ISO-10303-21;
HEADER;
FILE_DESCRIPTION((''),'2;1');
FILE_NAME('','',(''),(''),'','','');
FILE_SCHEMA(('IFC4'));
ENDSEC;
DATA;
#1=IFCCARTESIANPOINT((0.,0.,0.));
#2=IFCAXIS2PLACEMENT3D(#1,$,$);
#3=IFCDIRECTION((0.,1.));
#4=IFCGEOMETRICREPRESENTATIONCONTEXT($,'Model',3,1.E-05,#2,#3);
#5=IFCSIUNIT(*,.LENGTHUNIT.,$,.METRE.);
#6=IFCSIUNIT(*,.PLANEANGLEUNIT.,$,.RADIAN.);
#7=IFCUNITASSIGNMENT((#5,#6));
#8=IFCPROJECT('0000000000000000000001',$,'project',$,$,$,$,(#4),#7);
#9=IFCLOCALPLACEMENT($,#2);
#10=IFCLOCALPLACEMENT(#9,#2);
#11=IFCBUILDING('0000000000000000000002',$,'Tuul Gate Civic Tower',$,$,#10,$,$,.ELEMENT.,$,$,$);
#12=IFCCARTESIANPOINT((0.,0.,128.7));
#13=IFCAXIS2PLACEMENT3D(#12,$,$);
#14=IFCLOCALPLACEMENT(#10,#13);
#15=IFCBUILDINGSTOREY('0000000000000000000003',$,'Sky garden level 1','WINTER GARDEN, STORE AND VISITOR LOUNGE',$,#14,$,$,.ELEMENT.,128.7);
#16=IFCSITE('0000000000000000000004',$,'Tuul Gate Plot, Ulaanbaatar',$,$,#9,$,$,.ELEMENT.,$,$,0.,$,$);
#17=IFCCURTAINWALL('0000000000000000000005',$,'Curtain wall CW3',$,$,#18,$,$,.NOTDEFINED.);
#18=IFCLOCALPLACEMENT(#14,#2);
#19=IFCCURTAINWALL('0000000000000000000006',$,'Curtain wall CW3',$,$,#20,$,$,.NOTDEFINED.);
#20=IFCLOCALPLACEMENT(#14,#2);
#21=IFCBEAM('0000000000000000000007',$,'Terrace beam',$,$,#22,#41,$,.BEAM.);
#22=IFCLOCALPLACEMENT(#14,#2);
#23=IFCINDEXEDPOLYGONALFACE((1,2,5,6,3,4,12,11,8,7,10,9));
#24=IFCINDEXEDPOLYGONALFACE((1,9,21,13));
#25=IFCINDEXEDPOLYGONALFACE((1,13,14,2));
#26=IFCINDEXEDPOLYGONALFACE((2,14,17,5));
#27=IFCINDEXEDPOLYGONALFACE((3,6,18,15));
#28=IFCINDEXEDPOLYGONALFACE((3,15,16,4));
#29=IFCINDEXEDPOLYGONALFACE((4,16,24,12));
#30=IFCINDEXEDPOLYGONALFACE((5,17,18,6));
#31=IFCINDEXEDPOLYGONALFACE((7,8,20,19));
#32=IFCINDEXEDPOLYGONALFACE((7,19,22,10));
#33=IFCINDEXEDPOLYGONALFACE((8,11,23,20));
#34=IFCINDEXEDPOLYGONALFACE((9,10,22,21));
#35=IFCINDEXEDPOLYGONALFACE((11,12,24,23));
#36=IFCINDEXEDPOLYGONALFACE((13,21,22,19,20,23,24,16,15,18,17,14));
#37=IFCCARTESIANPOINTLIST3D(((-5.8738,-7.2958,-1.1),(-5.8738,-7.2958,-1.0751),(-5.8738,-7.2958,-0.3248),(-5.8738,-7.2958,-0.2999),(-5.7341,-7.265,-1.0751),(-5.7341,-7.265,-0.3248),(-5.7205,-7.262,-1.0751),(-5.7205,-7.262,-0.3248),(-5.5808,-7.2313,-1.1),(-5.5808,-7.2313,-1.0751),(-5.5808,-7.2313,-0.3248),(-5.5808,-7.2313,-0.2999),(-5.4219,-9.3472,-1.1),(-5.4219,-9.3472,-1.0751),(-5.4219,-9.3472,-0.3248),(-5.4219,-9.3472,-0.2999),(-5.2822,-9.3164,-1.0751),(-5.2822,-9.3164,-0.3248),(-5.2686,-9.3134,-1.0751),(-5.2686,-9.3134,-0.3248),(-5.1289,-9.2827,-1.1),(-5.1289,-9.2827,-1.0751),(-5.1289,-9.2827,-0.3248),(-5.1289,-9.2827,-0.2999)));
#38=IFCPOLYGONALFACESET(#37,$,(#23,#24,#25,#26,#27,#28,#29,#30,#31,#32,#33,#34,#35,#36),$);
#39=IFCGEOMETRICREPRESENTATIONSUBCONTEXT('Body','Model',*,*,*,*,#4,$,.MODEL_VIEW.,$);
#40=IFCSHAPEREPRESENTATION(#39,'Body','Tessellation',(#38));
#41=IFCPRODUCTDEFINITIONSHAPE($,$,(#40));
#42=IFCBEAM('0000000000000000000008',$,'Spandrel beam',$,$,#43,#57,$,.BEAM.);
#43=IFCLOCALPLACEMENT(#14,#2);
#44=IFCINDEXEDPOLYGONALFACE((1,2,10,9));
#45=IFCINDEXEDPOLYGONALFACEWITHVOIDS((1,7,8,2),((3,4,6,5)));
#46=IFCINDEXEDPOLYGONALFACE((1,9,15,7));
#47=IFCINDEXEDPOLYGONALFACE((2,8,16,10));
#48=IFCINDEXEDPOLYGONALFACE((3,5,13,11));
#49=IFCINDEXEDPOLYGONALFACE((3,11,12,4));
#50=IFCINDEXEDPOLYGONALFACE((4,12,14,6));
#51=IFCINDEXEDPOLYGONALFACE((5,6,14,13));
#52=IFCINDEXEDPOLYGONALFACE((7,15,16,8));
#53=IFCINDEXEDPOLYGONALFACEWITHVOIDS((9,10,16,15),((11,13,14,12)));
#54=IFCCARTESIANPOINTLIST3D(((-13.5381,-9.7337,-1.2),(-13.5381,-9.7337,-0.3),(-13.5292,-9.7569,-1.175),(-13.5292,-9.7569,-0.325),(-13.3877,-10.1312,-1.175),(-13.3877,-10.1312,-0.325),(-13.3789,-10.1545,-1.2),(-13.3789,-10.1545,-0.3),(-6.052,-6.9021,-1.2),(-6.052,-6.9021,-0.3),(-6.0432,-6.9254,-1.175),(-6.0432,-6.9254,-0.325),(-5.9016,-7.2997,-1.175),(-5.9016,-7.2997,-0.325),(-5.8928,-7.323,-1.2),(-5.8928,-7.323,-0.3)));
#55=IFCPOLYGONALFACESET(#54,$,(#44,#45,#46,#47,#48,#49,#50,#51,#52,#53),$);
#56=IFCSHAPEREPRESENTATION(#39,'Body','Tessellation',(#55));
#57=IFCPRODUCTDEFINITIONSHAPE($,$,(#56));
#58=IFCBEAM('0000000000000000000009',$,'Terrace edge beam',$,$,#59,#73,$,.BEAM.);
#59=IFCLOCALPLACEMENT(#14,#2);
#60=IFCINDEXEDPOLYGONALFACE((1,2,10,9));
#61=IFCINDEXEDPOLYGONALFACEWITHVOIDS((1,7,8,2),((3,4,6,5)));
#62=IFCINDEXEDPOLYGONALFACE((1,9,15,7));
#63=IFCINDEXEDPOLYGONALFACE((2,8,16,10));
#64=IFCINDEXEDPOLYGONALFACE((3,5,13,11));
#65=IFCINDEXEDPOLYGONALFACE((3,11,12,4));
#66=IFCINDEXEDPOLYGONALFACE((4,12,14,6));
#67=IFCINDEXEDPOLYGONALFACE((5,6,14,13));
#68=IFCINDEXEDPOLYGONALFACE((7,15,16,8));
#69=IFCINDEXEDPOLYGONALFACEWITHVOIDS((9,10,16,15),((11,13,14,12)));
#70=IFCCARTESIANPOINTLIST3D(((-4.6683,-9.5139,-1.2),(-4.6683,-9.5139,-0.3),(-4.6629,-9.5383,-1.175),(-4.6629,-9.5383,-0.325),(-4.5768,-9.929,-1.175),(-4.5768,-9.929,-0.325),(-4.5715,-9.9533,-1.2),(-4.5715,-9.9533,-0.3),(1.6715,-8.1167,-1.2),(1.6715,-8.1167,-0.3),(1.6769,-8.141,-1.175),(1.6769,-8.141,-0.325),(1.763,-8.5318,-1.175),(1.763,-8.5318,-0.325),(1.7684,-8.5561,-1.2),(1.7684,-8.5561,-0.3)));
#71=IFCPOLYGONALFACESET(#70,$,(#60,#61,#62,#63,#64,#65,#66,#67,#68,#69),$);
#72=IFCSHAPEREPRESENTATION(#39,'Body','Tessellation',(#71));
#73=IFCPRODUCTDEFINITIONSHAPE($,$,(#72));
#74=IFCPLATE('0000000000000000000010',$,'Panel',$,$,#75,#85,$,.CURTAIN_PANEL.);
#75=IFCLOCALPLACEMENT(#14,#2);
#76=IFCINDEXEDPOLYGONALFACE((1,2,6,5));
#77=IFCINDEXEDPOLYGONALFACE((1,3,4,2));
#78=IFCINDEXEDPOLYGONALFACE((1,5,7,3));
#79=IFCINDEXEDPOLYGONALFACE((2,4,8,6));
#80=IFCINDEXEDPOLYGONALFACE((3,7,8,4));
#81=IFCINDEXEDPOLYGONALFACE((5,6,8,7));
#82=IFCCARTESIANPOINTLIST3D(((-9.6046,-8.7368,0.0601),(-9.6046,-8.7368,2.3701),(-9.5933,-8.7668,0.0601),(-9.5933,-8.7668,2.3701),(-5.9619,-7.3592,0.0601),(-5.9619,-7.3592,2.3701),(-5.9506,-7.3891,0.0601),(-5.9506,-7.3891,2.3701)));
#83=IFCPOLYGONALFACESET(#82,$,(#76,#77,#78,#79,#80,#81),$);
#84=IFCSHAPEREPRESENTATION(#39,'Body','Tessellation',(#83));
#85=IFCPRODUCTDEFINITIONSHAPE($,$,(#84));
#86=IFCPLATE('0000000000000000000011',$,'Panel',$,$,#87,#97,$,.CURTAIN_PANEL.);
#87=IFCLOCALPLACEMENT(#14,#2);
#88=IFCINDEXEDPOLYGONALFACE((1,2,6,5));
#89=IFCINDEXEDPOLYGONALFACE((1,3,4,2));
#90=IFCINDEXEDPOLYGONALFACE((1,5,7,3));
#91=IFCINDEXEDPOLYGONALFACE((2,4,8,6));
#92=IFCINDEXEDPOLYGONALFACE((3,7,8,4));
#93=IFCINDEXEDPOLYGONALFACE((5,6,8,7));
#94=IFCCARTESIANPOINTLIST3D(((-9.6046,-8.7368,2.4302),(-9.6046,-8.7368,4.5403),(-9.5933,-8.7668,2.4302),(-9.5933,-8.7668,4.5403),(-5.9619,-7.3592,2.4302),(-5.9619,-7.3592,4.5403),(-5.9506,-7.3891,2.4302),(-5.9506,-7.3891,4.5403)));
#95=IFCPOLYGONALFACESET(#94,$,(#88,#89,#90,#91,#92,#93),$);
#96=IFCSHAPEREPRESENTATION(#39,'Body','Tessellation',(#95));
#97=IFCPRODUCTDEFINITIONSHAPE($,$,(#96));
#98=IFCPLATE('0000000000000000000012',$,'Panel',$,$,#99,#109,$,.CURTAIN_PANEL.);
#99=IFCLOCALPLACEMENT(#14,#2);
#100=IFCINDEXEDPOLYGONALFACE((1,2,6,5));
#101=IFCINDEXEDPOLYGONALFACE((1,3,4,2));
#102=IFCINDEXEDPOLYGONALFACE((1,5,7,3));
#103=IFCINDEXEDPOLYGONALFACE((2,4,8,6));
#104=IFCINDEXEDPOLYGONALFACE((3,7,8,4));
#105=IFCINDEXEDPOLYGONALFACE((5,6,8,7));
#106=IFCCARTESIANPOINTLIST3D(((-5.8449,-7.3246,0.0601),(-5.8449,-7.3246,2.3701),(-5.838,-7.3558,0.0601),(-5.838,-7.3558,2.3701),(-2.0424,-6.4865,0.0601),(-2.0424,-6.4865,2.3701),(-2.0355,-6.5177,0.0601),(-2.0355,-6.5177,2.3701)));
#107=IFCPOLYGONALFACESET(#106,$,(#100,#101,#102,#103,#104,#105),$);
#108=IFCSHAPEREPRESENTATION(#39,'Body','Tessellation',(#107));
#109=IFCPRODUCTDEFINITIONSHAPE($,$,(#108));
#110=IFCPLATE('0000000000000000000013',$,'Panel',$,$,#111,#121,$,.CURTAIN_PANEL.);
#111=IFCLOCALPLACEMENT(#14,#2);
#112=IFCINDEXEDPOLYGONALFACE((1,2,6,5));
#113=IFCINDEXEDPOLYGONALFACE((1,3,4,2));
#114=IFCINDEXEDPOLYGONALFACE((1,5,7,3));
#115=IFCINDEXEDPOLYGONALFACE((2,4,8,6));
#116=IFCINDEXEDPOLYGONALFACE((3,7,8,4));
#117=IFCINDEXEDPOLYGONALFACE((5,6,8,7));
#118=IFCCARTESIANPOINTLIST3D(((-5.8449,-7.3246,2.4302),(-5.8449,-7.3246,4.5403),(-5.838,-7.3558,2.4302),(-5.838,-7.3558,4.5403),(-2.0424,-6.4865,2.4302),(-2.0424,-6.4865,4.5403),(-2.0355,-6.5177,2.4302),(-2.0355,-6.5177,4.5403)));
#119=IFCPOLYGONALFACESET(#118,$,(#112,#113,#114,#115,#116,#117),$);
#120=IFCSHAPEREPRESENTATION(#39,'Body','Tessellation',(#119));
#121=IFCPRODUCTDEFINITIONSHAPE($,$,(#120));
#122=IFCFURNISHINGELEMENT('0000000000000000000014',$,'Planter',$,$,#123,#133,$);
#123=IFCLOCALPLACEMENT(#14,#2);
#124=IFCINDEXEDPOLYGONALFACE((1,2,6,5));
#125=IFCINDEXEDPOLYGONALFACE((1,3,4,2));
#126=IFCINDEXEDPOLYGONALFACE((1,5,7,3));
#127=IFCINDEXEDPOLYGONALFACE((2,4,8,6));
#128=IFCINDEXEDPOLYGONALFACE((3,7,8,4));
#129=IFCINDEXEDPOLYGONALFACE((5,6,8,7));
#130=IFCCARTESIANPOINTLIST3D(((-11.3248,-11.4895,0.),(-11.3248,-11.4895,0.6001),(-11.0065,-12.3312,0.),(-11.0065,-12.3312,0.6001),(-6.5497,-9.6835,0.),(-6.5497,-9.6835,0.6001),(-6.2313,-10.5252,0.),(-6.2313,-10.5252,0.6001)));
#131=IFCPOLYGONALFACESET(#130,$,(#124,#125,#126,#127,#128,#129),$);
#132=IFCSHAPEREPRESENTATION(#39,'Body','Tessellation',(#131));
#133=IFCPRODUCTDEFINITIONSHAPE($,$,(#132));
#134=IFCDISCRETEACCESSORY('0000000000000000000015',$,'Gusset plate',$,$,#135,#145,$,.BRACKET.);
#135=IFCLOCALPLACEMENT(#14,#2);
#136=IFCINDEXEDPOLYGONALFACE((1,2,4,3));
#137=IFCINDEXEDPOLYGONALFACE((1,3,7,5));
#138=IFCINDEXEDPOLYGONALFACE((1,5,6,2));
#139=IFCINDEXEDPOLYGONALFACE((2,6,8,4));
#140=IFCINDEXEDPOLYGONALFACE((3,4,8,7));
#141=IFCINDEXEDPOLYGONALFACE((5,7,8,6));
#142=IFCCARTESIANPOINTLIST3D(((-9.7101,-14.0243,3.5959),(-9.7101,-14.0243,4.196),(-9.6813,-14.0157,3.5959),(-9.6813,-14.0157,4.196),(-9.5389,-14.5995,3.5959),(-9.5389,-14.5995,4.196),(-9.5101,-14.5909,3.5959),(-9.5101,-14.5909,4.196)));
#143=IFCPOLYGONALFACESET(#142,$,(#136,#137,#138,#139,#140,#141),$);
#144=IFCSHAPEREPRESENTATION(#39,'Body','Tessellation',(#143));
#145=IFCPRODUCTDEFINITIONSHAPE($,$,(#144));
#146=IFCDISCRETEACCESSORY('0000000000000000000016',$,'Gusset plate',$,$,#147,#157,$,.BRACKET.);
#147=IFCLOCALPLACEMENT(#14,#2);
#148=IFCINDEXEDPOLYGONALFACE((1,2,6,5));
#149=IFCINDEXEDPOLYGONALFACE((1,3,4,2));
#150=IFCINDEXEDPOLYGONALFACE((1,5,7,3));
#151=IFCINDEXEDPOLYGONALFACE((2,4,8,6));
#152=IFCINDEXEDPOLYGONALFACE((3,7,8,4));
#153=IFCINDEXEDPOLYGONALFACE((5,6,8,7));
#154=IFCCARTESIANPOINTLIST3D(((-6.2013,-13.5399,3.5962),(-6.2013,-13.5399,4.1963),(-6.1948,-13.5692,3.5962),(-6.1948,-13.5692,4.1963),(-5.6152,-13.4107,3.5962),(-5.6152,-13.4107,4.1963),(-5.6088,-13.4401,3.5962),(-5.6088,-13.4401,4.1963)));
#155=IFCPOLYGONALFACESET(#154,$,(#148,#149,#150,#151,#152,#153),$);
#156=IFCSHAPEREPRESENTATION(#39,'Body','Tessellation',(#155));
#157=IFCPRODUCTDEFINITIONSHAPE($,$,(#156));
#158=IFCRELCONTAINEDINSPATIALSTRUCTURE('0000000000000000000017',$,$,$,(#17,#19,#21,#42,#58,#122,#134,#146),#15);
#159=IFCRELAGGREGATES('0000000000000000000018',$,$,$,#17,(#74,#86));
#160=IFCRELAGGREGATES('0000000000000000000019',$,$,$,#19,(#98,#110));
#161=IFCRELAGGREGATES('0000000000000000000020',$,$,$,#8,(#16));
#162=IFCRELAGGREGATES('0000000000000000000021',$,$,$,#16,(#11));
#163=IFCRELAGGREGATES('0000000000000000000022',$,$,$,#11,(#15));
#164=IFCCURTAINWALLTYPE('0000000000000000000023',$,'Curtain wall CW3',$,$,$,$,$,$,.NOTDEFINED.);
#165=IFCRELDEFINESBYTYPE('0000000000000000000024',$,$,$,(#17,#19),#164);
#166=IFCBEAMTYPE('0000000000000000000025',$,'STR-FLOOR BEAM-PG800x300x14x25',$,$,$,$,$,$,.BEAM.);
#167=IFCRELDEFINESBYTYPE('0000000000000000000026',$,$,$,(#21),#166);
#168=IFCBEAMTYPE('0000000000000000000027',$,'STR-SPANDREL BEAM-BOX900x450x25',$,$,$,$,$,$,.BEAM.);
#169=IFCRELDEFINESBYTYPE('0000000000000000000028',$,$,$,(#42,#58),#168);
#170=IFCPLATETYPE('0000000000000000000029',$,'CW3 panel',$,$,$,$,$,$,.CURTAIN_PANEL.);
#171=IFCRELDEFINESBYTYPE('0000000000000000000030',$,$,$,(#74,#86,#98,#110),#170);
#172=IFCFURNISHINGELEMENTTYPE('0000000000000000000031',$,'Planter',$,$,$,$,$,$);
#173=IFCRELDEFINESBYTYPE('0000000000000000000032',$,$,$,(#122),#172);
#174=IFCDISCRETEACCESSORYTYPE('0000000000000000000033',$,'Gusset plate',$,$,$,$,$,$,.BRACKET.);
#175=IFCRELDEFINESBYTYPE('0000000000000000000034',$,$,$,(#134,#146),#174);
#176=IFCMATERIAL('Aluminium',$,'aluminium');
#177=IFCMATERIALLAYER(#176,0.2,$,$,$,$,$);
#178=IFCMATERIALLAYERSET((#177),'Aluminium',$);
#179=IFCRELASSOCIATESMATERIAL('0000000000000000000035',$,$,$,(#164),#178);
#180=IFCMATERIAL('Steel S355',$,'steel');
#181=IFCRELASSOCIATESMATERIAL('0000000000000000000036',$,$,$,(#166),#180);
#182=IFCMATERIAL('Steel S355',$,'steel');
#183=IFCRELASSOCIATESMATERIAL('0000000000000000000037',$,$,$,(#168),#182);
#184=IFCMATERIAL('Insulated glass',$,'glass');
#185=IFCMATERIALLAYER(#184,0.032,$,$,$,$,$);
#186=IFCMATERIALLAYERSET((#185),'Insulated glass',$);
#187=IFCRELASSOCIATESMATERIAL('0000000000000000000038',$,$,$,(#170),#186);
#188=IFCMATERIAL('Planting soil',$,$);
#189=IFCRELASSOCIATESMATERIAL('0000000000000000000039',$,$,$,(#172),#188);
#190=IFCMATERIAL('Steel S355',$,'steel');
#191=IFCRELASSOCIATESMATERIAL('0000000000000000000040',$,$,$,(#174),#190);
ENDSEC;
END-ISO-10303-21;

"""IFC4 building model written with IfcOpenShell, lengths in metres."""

from ifc_helpers import new_model, si_unit, direction, frame, origin, origin_2d, place, context, subcontext, project, spatial, rectangle, hollow_rectangle, i_section, extrude, material, layer, layer_set, material_profile, profile_set, type_object, element, aggregate, save


model = new_model("IFC4")

# Units and contexts
model_context = context("Model", 3, precision=1e-05, world=origin(), true_north=direction((0.0, 1.0)))
body_context = subcontext(model_context, "Body", "Model", "MODEL_VIEW")
ifc_project = project(units=[si_unit("LENGTHUNIT", "METRE"), si_unit("PLANEANGLEUNIT", "RADIAN")], contexts=[model_context])

# Site, building, storey
site_placement = place(None, origin())
site = spatial("IfcSite", under=ifc_project, at=site_placement, Name="Tuul Gate Plot, Ulaanbaatar", CompositionType="ELEMENT", RefElevation=0.0)
building_placement = place(site_placement, origin())
building = spatial("IfcBuilding", under=site, at=building_placement, Name="Tuul Gate Civic Tower", CompositionType="ELEMENT")
storey_placement = place(building_placement, frame((0.0, 0.0, 128.7)))
storey = spatial("IfcBuildingStorey", under=building, at=storey_placement, Name="Sky garden level 1", Description="WINTER GARDEN, STORE AND VISITOR LOUNGE", CompositionType="ELEMENT", Elevation=128.7)

# Curtain wall
ifc_material_1 = material(Name="Aluminium", Category="aluminium")
ifc_layer_1 = layer(ifc_material_1, 0.2)
ifc_layer_set_1 = layer_set([ifc_layer_1], Name="Aluminium")
curtain_wall_type = type_object("IfcCurtainWallType", Name="Curtain wall CW3", PredefinedType="NOTDEFINED", material=ifc_layer_set_1)
curtain_wall_1_placement = place(storey_placement, origin())
curtain_wall_1 = element("IfcCurtainWall", 1, at=curtain_wall_1_placement, inside=storey, type_object=curtain_wall_type, Name="Curtain wall CW3", PredefinedType="NOTDEFINED")

# Curtain wall
curtain_wall_2_placement = place(storey_placement, origin())
curtain_wall_2 = element("IfcCurtainWall", 2, at=curtain_wall_2_placement, inside=storey, type_object=curtain_wall_type, Name="Curtain wall CW3", PredefinedType="NOTDEFINED")

# Beams
ifc_material_2 = material(Name="Steel S355", Category="steel")
ifc_material_profile_1 = material_profile(ifc_material_2, i_section(OverallWidth=0.3, OverallDepth=0.8, WebThickness=0.0139, FlangeThickness=0.0249, at=origin_2d()), Name="PG800x300x14x25")
ifc_profile_set_1 = profile_set([ifc_material_profile_1], Name="Steel S355")
beam_type_1 = type_object("IfcBeamType", Name="STR-FLOOR BEAM-PG800x300x14x25", PredefinedType="BEAM", material=ifc_profile_set_1)
beam_1_placement = place(storey_placement, frame((-5.2754, -9.3149, -0.7), z_axis=(-0.215121, 0.976587, 0.0), x_axis=(-0.976587, -0.215121, 0.0)))
element("IfcBeam", 3, at=beam_1_placement, inside=storey, type_object=beam_type_1, Name="Terrace beam", PredefinedType="BEAM", context=body_context, shape_type="SweptSolid", body=[
    extrude(i_section(OverallWidth=0.3, OverallDepth=0.8, WebThickness=0.0139, FlangeThickness=0.0249, at=origin_2d()), origin(), (0.0, 0.0, 1.0), 2.1006),
])
ifc_material_3 = material(Name="Steel S355", Category="steel")
ifc_material_profile_2 = material_profile(ifc_material_3, hollow_rectangle(XDim=0.45, YDim=0.8999, WallThickness=0.0249, at=origin_2d()), Name="BOX900x450x25")
ifc_profile_set_2 = profile_set([ifc_material_profile_2], Name="Steel S355")
beam_type_2 = type_object("IfcBeamType", Name="STR-SPANDREL BEAM-BOX900x450x25", PredefinedType="BEAM", material=ifc_profile_set_2)
beam_2_placement = place(storey_placement, frame((-5.9724, -7.1125, -0.75), z_axis=(-0.935329, -0.35378, 0.0), x_axis=(0.35378, -0.935329, 0.0)))
element("IfcBeam", 4, at=beam_2_placement, inside=storey, type_object=beam_type_2, Name="Spandrel beam", PredefinedType="BEAM", context=body_context, shape_type="SweptSolid", body=[
    extrude(hollow_rectangle(XDim=0.45, YDim=0.8999, WallThickness=0.0249, at=origin_2d()), origin(), (0.0, 0.0, 1.0), 8.0037),
])
beam_3_placement = place(storey_placement, frame((-4.6199, -9.7336, -0.75), z_axis=(0.976565, 0.215222, 0.0), x_axis=(-0.215222, 0.976565, 0.0)))
element("IfcBeam", 5, at=beam_3_placement, inside=storey, type_object=beam_type_2, Name="Terrace edge beam", PredefinedType="BEAM", context=body_context, shape_type="SweptSolid", body=[
    extrude(hollow_rectangle(XDim=0.45, YDim=0.8999, WallThickness=0.0249, at=origin_2d()), origin(), (0.0, 0.0, 1.0), 6.4919),
])

# Plates
ifc_material_4 = material(Name="Insulated glass", Category="glass")
ifc_layer_2 = layer(ifc_material_4, 0.032)
ifc_layer_set_2 = layer_set([ifc_layer_2], Name="Insulated glass")
plate_type = type_object("IfcPlateType", Name="CW3 panel", PredefinedType="CURTAIN_PANEL", material=ifc_layer_set_2)
plate_1_placement = place(storey_placement, frame((-7.7776, -8.063, 0.0601), z_axis=(0.0, 0.0, 1.0), x_axis=(0.935346, 0.353735, 0.0)))
plate_1 = element("IfcPlate", 6, at=plate_1_placement, type_object=plate_type, Name="Panel", PredefinedType="CURTAIN_PANEL", context=body_context, shape_type="SweptSolid", body=[
    extrude(rectangle(XDim=3.8945, YDim=0.032, at=origin_2d()), origin(), (0.0, 0.0, 1.0), 2.3101),
])
plate_2_placement = place(storey_placement, frame((-7.7776, -8.063, 2.4302), z_axis=(0.0, 0.0, 1.0), x_axis=(0.935346, 0.353735, 0.0)))
plate_2 = element("IfcPlate", 7, at=plate_2_placement, type_object=plate_type, Name="Panel", PredefinedType="CURTAIN_PANEL", context=body_context, shape_type="SweptSolid", body=[
    extrude(rectangle(XDim=3.8945, YDim=0.032, at=origin_2d()), origin(), (0.0, 0.0, 1.0), 2.1101),
])
aggregate(curtain_wall_1, [plate_1, plate_2])
plate_3_placement = place(storey_placement, frame((-3.9402, -6.9211, 0.0601), z_axis=(0.0, 0.0, 1.0), x_axis=(0.976561, 0.215242, 0.0)))
plate_3 = element("IfcPlate", 8, at=plate_3_placement, type_object=plate_type, Name="Panel", PredefinedType="CURTAIN_PANEL", context=body_context, shape_type="SweptSolid", body=[
    extrude(rectangle(XDim=3.8938, YDim=0.032, at=origin_2d()), origin(), (0.0, 0.0, 1.0), 2.3101),
])
plate_4_placement = place(storey_placement, frame((-3.9402, -6.9211, 2.4302), z_axis=(0.0, 0.0, 1.0), x_axis=(0.976561, 0.215242, 0.0)))
plate_4 = element("IfcPlate", 9, at=plate_4_placement, type_object=plate_type, Name="Panel", PredefinedType="CURTAIN_PANEL", context=body_context, shape_type="SweptSolid", body=[
    extrude(rectangle(XDim=3.8938, YDim=0.032, at=origin_2d()), origin(), (0.0, 0.0, 1.0), 2.1101),
])
aggregate(curtain_wall_2, [plate_3, plate_4])

# Furnishing element
ifc_material_5 = material(Name="Planting soil")
furnishing_element_type = type_object("IfcFurnishingElementType", Name="Planter", material=ifc_material_5)
furnishing_placement = place(storey_placement, frame((-8.7781, -11.0073, 0.0), z_axis=(0.0, 0.0, 1.0), x_axis=(0.93534, 0.35375, 0.0)))
element("IfcFurnishingElement", 10, at=furnishing_placement, inside=storey, type_object=furnishing_element_type, Name="Planter", context=body_context, shape_type="SweptSolid", body=[
    extrude(rectangle(XDim=5.1052, YDim=0.8999, at=origin_2d()), origin(), (0.0, 0.0, 1.0), 0.6001),
])

# Discrete accessories
ifc_material_6 = material(Name="Steel S355", Category="steel")
discrete_accessory_type = type_object("IfcDiscreteAccessoryType", Name="Gusset plate", PredefinedType="BRACKET", material=ifc_material_6)
for number, where, z_axis, x_axis, name in (
    (11, (-9.6101, -14.3076, 3.5959), (0.0, 0.0, 1.0), (-0.285212, 0.958464, 0.0), "Gusset plate"),
    (12, (-5.905, -13.49, 3.5962), (0.0, 0.0, 1.0), (-0.976564, -0.215229, 0.0), "Gusset plate"),
):
    element("IfcDiscreteAccessory", number, at=place(storey_placement, frame(where, z_axis=z_axis, x_axis=x_axis)), inside=storey, type_object=discrete_accessory_type, Name=name, PredefinedType="BRACKET", context=body_context, shape_type="SweptSolid", body=[
        extrude(rectangle(XDim=0.6001, YDim=0.03, at=origin_2d()), origin(), (0.0, 0.0, 1.0), 0.6001),
    ])

save(model, "model.ifc")
